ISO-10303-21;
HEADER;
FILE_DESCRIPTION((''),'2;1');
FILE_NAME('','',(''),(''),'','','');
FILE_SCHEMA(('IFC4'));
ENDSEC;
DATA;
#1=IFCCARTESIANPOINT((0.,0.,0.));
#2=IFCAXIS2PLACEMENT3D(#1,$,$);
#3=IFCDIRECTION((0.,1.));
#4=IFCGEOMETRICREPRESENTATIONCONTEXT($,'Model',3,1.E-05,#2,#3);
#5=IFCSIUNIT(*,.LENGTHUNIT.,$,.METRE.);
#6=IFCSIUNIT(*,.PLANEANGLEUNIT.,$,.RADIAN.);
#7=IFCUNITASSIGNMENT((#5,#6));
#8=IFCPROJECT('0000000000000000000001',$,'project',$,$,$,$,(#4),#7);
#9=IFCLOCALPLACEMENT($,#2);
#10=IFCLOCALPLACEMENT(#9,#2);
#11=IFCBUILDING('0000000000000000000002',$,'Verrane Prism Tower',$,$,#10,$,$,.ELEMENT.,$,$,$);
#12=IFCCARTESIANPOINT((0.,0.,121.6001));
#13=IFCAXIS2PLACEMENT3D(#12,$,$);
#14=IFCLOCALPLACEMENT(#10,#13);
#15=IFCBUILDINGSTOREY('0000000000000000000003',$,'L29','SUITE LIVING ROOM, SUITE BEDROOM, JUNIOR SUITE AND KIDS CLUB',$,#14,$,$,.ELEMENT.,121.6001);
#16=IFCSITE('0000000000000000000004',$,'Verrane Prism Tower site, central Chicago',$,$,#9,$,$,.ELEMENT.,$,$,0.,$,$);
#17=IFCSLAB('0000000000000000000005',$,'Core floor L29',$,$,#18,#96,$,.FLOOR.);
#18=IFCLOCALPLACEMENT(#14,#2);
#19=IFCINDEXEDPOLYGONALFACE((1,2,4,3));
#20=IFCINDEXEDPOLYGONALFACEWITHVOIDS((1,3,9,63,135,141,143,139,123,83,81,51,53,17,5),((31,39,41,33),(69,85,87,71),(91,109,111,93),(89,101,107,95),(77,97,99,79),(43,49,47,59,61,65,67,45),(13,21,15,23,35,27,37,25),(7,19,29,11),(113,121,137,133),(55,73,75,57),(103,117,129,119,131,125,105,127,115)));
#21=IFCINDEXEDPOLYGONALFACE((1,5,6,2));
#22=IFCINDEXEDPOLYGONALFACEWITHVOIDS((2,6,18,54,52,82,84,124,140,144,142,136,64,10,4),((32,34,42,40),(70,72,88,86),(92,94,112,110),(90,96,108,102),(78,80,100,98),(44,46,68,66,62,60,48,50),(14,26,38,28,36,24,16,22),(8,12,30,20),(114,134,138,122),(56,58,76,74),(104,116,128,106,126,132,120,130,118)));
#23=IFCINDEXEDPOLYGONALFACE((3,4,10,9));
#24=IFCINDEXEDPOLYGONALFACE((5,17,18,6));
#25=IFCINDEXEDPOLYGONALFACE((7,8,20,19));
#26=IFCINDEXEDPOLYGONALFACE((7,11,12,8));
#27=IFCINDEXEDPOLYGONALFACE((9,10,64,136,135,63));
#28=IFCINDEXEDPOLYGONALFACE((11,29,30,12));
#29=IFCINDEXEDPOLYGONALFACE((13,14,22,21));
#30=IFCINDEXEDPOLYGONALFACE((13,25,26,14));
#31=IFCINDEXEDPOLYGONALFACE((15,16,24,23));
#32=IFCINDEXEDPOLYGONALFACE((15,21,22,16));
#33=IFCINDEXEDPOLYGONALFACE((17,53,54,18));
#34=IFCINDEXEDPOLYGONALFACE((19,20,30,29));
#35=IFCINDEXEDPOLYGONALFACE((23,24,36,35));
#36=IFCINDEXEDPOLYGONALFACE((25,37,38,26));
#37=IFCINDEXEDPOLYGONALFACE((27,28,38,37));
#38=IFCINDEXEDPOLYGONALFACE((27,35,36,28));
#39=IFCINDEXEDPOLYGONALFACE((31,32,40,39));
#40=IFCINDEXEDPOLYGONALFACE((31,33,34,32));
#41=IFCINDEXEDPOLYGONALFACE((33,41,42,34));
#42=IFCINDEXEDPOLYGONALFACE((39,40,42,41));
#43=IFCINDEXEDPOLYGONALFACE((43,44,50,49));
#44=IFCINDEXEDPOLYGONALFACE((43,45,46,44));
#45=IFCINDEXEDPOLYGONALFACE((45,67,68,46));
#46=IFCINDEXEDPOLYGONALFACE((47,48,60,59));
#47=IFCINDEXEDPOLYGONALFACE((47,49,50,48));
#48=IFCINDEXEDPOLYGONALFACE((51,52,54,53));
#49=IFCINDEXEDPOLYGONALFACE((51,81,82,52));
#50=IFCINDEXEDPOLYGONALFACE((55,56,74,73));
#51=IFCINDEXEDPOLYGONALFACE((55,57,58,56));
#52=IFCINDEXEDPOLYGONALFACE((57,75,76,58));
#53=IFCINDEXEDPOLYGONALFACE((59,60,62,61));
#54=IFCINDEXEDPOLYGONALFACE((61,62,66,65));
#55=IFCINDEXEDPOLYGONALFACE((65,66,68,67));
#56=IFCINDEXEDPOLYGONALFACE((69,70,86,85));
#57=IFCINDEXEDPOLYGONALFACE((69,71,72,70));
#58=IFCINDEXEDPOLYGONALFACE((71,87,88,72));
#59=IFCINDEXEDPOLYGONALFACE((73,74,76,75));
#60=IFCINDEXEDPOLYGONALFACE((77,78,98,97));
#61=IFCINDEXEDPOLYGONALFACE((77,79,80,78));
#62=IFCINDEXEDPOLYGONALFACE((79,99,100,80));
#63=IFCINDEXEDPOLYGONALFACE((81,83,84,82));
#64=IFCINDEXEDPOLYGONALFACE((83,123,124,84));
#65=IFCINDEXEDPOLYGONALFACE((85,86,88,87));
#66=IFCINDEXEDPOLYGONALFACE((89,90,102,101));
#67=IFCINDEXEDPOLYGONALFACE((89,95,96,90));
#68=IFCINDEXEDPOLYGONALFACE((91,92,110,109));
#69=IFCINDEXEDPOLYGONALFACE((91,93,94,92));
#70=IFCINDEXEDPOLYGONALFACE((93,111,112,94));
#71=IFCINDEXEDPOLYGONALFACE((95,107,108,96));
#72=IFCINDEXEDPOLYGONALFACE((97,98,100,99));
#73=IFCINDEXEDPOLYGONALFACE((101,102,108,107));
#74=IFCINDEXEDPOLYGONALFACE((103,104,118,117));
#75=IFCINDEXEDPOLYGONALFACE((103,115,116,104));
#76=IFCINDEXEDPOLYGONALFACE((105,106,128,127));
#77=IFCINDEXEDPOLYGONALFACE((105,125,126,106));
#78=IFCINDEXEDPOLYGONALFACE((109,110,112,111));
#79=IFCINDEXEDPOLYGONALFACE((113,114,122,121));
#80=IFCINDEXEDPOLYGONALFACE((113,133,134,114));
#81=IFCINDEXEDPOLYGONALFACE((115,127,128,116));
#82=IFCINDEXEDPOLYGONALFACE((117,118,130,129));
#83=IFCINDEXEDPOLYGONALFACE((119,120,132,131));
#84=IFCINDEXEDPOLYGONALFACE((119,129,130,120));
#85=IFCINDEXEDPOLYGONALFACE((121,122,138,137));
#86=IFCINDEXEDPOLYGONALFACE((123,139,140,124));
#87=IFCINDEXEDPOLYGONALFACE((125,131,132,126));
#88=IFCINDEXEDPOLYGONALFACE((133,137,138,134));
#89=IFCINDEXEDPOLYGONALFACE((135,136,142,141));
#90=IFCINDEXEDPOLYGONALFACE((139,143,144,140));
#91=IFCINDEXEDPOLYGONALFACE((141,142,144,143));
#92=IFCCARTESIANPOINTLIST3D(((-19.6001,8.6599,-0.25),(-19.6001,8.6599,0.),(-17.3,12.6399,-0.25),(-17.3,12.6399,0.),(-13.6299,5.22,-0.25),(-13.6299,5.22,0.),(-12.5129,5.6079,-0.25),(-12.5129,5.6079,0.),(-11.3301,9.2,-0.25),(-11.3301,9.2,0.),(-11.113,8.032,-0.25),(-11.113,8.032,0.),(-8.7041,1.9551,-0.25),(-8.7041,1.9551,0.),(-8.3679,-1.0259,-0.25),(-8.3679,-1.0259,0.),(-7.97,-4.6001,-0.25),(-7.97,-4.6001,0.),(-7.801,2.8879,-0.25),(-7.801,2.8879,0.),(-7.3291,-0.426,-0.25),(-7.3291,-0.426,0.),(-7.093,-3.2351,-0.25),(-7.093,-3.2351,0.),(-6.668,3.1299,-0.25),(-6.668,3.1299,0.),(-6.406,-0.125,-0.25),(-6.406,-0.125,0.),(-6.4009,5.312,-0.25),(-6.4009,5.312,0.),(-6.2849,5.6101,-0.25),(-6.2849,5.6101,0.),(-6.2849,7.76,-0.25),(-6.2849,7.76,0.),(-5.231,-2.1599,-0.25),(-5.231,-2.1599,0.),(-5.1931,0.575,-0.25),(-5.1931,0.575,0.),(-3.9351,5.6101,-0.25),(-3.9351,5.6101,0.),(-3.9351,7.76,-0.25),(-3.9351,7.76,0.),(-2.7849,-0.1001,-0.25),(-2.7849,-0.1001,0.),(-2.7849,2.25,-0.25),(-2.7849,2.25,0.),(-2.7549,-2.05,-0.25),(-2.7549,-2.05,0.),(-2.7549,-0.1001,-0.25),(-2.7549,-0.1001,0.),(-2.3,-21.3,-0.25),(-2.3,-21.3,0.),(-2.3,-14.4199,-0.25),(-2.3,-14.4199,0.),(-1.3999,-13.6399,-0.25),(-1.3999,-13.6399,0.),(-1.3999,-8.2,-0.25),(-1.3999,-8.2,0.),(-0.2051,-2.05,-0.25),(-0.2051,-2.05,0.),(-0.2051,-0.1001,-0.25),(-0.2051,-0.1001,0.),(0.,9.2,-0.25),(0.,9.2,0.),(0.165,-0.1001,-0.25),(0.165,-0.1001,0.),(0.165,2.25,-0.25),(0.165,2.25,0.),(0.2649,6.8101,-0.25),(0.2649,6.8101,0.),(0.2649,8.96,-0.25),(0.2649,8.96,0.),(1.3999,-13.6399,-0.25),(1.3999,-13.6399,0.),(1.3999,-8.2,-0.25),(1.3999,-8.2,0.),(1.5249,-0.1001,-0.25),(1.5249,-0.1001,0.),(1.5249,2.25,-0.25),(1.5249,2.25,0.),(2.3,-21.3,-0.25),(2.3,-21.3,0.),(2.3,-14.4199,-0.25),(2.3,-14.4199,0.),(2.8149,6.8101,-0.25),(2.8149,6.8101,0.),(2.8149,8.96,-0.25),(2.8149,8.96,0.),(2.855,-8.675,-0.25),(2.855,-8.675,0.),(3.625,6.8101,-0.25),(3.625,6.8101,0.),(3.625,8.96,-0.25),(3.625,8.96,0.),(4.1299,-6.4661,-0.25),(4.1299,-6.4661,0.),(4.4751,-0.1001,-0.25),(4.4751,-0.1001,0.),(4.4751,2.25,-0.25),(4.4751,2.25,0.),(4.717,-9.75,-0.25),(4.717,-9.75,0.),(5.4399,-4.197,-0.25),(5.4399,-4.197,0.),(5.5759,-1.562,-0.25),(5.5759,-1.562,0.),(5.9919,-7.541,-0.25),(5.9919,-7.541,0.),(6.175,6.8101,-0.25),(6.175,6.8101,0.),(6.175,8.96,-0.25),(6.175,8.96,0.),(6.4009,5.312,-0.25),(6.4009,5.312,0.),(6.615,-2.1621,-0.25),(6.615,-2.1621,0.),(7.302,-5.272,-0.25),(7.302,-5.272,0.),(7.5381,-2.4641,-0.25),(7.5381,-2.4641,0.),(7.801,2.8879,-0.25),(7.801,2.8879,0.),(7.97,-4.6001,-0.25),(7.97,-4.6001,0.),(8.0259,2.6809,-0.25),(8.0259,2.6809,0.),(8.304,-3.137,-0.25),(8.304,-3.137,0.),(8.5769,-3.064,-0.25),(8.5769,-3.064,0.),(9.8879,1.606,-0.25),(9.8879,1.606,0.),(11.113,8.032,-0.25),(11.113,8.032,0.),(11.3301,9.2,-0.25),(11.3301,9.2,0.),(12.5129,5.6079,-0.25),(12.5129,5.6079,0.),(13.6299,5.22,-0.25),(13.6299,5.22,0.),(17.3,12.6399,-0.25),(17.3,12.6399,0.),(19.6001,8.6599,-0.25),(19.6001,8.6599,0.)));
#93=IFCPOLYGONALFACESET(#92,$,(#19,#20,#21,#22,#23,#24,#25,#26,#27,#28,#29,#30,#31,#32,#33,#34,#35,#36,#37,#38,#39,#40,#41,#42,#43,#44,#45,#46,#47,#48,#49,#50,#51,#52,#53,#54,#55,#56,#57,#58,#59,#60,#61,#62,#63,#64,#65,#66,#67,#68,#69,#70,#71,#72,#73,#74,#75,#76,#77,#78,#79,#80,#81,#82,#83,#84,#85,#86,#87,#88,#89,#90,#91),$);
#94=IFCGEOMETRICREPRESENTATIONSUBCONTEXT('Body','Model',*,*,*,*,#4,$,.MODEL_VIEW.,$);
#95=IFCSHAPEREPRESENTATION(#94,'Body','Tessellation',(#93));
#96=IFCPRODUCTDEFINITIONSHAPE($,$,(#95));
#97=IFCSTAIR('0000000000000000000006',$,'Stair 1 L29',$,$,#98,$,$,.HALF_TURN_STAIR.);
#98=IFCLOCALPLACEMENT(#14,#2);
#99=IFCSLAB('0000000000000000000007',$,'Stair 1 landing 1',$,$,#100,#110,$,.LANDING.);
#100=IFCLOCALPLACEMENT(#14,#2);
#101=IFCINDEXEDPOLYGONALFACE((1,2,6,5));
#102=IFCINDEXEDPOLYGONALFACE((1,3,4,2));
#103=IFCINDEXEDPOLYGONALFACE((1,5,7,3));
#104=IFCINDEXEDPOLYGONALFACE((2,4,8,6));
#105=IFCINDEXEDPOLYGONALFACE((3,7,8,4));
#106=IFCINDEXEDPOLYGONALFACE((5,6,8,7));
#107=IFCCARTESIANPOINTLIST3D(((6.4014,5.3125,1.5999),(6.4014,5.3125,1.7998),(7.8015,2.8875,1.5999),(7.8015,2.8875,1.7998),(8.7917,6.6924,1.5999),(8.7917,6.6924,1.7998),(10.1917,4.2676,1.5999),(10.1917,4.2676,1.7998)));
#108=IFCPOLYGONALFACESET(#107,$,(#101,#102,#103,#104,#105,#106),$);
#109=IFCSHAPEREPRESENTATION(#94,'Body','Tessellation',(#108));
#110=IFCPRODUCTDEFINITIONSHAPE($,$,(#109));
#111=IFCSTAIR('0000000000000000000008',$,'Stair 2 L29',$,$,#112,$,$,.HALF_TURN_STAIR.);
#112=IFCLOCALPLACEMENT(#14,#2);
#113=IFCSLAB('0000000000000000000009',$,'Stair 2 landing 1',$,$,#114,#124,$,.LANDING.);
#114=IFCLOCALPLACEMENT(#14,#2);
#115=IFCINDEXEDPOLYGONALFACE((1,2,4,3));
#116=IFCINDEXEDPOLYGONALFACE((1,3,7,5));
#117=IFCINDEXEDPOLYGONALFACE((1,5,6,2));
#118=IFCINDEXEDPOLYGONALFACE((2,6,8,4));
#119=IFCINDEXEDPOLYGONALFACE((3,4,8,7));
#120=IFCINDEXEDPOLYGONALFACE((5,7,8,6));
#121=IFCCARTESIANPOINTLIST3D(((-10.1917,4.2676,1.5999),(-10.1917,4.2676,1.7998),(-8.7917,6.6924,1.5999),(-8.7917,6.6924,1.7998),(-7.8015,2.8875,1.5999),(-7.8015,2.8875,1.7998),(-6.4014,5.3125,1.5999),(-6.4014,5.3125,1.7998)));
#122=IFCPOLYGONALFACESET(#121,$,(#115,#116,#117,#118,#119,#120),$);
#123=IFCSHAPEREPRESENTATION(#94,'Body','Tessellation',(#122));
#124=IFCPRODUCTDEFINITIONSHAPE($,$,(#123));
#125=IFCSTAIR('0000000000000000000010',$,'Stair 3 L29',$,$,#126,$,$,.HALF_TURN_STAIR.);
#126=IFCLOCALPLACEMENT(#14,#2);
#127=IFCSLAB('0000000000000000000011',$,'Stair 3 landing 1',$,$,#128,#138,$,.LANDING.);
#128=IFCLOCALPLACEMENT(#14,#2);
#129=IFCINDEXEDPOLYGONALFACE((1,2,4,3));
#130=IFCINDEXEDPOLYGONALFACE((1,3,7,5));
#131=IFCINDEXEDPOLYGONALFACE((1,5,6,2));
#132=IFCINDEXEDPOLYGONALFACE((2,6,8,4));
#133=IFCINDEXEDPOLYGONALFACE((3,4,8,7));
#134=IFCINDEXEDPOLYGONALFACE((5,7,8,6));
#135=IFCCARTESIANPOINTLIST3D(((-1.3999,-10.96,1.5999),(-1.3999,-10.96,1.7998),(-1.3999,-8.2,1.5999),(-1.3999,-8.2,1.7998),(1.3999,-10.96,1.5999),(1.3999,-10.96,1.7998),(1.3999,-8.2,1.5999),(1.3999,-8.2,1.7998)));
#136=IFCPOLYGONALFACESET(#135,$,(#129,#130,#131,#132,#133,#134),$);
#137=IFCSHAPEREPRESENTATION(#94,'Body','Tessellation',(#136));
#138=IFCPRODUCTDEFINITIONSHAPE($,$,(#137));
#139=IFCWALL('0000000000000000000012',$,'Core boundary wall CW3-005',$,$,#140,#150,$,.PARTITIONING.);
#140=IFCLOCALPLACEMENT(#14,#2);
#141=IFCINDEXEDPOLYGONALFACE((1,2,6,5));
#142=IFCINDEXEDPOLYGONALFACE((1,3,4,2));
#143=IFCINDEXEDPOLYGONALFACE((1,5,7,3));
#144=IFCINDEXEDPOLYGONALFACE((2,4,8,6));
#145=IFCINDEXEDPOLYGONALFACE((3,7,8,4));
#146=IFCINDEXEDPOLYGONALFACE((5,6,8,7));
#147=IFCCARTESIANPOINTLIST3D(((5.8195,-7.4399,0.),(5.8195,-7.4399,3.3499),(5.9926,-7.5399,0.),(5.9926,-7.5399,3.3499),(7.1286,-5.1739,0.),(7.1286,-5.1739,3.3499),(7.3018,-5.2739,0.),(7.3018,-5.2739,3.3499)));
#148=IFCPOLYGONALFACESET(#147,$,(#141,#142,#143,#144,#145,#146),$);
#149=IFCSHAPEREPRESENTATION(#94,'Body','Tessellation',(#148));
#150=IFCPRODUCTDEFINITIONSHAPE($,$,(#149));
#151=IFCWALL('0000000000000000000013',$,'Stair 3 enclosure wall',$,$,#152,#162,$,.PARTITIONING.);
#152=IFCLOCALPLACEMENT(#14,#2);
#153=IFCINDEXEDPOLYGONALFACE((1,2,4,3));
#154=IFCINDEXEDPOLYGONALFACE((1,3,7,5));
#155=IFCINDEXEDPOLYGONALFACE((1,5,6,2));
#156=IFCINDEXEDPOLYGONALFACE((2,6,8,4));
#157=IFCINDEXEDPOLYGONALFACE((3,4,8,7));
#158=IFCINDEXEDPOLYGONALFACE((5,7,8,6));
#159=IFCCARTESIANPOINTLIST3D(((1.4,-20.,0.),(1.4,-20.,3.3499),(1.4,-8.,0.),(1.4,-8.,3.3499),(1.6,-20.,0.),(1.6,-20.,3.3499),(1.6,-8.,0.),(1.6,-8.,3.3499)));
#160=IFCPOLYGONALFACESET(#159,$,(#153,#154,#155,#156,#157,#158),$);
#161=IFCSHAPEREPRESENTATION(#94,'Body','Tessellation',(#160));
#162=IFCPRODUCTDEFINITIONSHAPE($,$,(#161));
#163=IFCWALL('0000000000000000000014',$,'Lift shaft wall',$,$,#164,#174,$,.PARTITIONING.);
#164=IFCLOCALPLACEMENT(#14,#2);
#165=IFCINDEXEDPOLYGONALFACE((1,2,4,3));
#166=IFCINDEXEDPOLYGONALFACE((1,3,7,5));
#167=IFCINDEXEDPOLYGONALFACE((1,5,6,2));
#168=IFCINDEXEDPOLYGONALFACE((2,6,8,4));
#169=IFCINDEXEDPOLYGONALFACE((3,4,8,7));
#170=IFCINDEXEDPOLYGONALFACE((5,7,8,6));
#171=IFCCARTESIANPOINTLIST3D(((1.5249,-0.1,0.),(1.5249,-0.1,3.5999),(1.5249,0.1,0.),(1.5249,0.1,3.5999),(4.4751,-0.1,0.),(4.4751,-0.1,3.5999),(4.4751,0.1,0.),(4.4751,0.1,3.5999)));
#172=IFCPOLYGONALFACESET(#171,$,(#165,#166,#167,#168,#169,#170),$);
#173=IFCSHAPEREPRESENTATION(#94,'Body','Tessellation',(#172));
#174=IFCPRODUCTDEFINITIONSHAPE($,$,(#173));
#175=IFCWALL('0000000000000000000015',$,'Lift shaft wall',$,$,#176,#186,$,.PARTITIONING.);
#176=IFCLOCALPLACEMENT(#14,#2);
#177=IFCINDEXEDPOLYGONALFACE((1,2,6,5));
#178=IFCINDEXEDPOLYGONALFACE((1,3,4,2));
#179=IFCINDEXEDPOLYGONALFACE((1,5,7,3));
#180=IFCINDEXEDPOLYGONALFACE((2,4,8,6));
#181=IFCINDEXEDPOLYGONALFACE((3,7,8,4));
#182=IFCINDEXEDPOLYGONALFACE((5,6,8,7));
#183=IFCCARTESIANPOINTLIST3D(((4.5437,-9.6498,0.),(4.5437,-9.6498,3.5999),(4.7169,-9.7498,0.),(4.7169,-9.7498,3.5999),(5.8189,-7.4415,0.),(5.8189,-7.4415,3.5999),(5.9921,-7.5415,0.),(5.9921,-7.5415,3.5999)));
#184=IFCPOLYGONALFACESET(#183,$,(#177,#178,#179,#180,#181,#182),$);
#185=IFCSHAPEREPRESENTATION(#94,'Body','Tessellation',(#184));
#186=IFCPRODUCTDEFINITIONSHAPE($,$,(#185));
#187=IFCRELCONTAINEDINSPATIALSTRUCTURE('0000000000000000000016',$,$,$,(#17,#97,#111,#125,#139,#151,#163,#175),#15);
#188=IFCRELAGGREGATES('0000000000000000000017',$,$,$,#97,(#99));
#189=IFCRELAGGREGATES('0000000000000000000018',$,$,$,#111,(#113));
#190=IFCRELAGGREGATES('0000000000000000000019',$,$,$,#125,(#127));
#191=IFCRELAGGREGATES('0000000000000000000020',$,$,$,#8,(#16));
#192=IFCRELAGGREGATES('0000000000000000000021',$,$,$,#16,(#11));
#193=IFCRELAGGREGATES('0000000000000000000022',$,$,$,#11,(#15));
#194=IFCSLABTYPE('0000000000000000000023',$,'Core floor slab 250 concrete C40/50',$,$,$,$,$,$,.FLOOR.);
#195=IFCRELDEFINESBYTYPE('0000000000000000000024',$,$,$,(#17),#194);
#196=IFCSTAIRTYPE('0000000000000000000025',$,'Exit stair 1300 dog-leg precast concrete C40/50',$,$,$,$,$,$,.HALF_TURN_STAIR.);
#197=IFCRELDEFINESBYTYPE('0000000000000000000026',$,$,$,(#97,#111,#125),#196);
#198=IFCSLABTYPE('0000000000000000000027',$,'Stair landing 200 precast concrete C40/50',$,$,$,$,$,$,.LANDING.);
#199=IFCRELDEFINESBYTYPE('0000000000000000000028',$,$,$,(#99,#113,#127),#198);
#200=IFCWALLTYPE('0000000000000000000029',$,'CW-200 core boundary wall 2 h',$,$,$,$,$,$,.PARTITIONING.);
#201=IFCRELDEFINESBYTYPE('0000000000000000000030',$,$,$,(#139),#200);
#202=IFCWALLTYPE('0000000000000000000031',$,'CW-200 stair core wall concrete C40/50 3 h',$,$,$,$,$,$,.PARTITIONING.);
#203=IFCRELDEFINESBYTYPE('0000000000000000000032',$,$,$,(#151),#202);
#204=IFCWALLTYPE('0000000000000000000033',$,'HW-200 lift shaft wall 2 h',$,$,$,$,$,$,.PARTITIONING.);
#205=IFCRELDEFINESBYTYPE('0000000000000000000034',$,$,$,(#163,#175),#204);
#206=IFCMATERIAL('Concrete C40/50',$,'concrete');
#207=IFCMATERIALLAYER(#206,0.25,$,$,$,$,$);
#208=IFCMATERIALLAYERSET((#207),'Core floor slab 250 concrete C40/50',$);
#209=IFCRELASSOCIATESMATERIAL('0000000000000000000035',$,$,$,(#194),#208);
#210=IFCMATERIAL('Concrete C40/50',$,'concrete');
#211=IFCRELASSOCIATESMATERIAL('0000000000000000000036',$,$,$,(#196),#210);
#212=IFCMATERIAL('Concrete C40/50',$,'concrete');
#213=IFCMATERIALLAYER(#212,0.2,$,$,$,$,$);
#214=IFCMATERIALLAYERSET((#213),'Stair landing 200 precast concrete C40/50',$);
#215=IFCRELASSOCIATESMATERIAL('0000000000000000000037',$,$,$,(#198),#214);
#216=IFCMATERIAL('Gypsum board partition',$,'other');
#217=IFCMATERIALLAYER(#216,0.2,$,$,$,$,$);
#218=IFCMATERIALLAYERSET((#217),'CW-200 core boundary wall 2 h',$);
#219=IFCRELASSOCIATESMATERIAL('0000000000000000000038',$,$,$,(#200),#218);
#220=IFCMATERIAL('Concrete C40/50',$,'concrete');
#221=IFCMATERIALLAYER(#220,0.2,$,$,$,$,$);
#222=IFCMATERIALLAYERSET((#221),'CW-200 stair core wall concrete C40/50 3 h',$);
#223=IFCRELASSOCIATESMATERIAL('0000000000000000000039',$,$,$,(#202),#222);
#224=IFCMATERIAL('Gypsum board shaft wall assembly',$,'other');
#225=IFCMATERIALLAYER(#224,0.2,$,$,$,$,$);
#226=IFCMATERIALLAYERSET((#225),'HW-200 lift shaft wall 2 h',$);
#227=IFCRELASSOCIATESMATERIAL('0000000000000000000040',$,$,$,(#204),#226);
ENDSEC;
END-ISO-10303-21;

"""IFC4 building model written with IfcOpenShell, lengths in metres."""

from ifc_helpers import new_model, si_unit, direction, frame, frame_2d, origin, place, context, subcontext, project, spatial, polyline, rectangle, outline, extrude, material, layer, layer_set, type_object, element, aggregate, save


model = new_model("IFC4")

# Units and contexts
model_context = context("Model", 3, precision=1e-05, world=origin(), true_north=direction((0.0, 1.0)))
body_context = subcontext(model_context, "Body", "Model", "MODEL_VIEW")
ifc_project = project(units=[si_unit("LENGTHUNIT", "METRE"), si_unit("PLANEANGLEUNIT", "RADIAN")], contexts=[model_context])

# Site, building, storey
site_placement = place(None, origin())
site = spatial("IfcSite", under=ifc_project, at=site_placement, Name="Verrane Prism Tower site, central Chicago", CompositionType="ELEMENT", RefElevation=0.0)
building_placement = place(site_placement, origin())
building = spatial("IfcBuilding", under=site, at=building_placement, Name="Verrane Prism Tower", CompositionType="ELEMENT")
storey_placement = place(building_placement, frame((0.0, 0.0, 121.6001)))
storey = spatial("IfcBuildingStorey", under=building, at=storey_placement, Name="L29", Description="SUITE LIVING ROOM, SUITE BEDROOM, JUNIOR SUITE AND KIDS CLUB", CompositionType="ELEMENT", Elevation=121.6001)

# Slab
ifc_material_1 = material(Name="Concrete C40/50", Category="concrete")
ifc_layer_1 = layer(ifc_material_1, 0.25)
ifc_layer_set_1 = layer_set([ifc_layer_1], Name="Core floor slab 250 concrete C40/50")
slab_type_1 = type_object("IfcSlabType", Name="Core floor slab 250 concrete C40/50", PredefinedType="FLOOR", material=ifc_layer_set_1)
slab_1_placement = place(storey_placement, frame((0.0, 0.0, -0.25)))
element("IfcSlab", 1, at=slab_1_placement, inside=storey, type_object=slab_type_1, Name="Core floor L29", PredefinedType="FLOOR", context=body_context, shape_type="SweptSolid", body=[
    extrude(outline(polyline([(13.6299, 5.22), (19.6001, 8.6599), (17.3, 12.6399), (11.3301, 9.2), (0.0, 9.2), (-11.3301, 9.2), (-17.3, 12.6399), (-19.6001, 8.6599), (-13.6299, 5.22), (-7.97, -4.6001), (-2.3, -14.4199), (-2.3, -21.3), (2.3, -21.3), (2.3, -14.4199), (7.97, -4.6001), (13.6299, 5.22)]), holes=[polyline([(1.3999, -8.2), (1.3999, -13.6399), (-1.3999, -13.6399), (-1.3999, -8.2), (1.3999, -8.2)]), polyline([(0.165, 2.25), (0.165, -0.1001), (-0.2051, -0.1001), (-0.2051, -2.05), (-2.7549, -2.05), (-2.7549, -0.1001), (-2.7849, -0.1001), (-2.7849, 2.25), (0.165, 2.25)]), polyline([(-7.801, 2.8879), (-12.5129, 5.6079), (-11.113, 8.032), (-6.4009, 5.312), (-7.801, 2.8879)]), polyline([(-6.2849, 5.6101), (-6.2849, 7.76), (-3.9351, 7.76), (-3.9351, 5.6101), (-6.2849, 5.6101)]), polyline([(2.8149, 6.8101), (0.2649, 6.8101), (0.2649, 8.96), (2.8149, 8.96), (2.8149, 6.8101)]), polyline([(4.717, -9.75), (2.855, -8.675), (4.1299, -6.4661), (5.9919, -7.541), (4.717, -9.75)]), polyline([(8.304, -3.137), (5.5759, -1.562), (8.0259, 2.6809), (9.8879, 1.606), (7.5381, -2.4641), (8.5769, -3.064), (7.302, -5.272), (5.4399, -4.197), (6.615, -2.1621), (8.304, -3.137)]), polyline([(1.5249, -0.1001), (1.5249, 2.25), (4.4751, 2.25), (4.4751, -0.1001), (1.5249, -0.1001)]), polyline([(11.113, 8.032), (12.5129, 5.6079), (7.801, 2.8879), (6.4009, 5.312), (11.113, 8.032)]), polyline([(3.625, 6.8101), (3.625, 8.96), (6.175, 8.96), (6.175, 6.8101), (3.625, 6.8101)]), polyline([(-5.231, -2.1599), (-7.093, -3.2351), (-8.3679, -1.0259), (-7.3291, -0.426), (-8.7041, 1.9551), (-6.668, 3.1299), (-5.1931, 0.575), (-6.406, -0.125), (-5.231, -2.1599)])]), origin(), (0.0, 0.0, 1.0), 0.25),
])

# Stairs, slabs
ifc_material_2 = material(Name="Concrete C40/50", Category="concrete")
stair_type = type_object("IfcStairType", Name="Exit stair 1300 dog-leg precast concrete C40/50", PredefinedType="HALF_TURN_STAIR", material=ifc_material_2)
stair_1_placement = place(storey_placement, origin())
stair_1 = element("IfcStair", 2, at=stair_1_placement, inside=storey, type_object=stair_type, Name="Stair 1 L29", PredefinedType="HALF_TURN_STAIR")
ifc_material_3 = material(Name="Concrete C40/50", Category="concrete")
ifc_layer_2 = layer(ifc_material_3, 0.2)
ifc_layer_set_2 = layer_set([ifc_layer_2], Name="Stair landing 200 precast concrete C40/50")
slab_type_2 = type_object("IfcSlabType", Name="Stair landing 200 precast concrete C40/50", PredefinedType="LANDING", material=ifc_layer_set_2)
slab_2_placement = place(storey_placement, frame((0.0, 0.0, 1.5999)))
slab_2 = element("IfcSlab", 3, at=slab_2_placement, type_object=slab_type_2, Name="Stair 1 landing 1", PredefinedType="LANDING", context=body_context, shape_type="SweptSolid", body=[
    extrude(outline(polyline([(8.7917, 6.6924), (6.4014, 5.3125), (7.8015, 2.8875), (10.1917, 4.2676), (8.7917, 6.6924)])), origin(), (0.0, 0.0, 1.0), 0.2),
])
aggregate(stair_1, [slab_2])
stair_2_placement = place(storey_placement, origin())
stair_2 = element("IfcStair", 4, at=stair_2_placement, inside=storey, type_object=stair_type, Name="Stair 2 L29", PredefinedType="HALF_TURN_STAIR")
slab_3_placement = place(storey_placement, frame((0.0, 0.0, 1.5999)))
slab_3 = element("IfcSlab", 5, at=slab_3_placement, type_object=slab_type_2, Name="Stair 2 landing 1", PredefinedType="LANDING", context=body_context, shape_type="SweptSolid", body=[
    extrude(outline(polyline([(-10.1917, 4.2676), (-7.8015, 2.8875), (-6.4014, 5.3125), (-8.7917, 6.6924), (-10.1917, 4.2676)])), origin(), (0.0, 0.0, 1.0), 0.2),
])
aggregate(stair_2, [slab_3])
stair_3_placement = place(storey_placement, origin())
stair_3 = element("IfcStair", 6, at=stair_3_placement, inside=storey, type_object=stair_type, Name="Stair 3 L29", PredefinedType="HALF_TURN_STAIR")
slab_4_placement = place(storey_placement, frame((0.0, 0.0, 1.5999)))
slab_4 = element("IfcSlab", 7, at=slab_4_placement, type_object=slab_type_2, Name="Stair 3 landing 1", PredefinedType="LANDING", context=body_context, shape_type="SweptSolid", body=[
    extrude(outline(polyline([(1.3999, -10.96), (1.3999, -8.2), (-1.3999, -8.2), (-1.3999, -10.96), (1.3999, -10.96)])), origin(), (0.0, 0.0, 1.0), 0.2),
])
aggregate(stair_3, [slab_4])

# Walls
ifc_material_4 = material(Name="Gypsum board partition", Category="other")
ifc_layer_3 = layer(ifc_material_4, 0.2)
ifc_layer_set_3 = layer_set([ifc_layer_3], Name="CW-200 core boundary wall 2 h")
wall_type_1 = type_object("IfcWallType", Name="CW-200 core boundary wall 2 h", PredefinedType="PARTITIONING", material=ifc_layer_set_3)
wall_1_placement = place(storey_placement, frame((5.906, -7.49, 0.0), z_axis=(0.0, 0.0, 1.0), x_axis=(0.500253, 0.865879, 0.0)))
element("IfcWall", 8, at=wall_1_placement, inside=storey, type_object=wall_type_1, Name="Core boundary wall CW3-005", PredefinedType="PARTITIONING", context=body_context, shape_type="SweptSolid", body=[
    extrude(rectangle(XDim=2.6169, YDim=0.2, at=frame_2d((1.3086, 0.0))), origin(), (0.0, 0.0, 1.0), 3.3499),
])
ifc_material_5 = material(Name="Concrete C40/50", Category="concrete")
ifc_layer_4 = layer(ifc_material_5, 0.2)
ifc_layer_set_4 = layer_set([ifc_layer_4], Name="CW-200 stair core wall concrete C40/50 3 h")
wall_type_2 = type_object("IfcWallType", Name="CW-200 stair core wall concrete C40/50 3 h", PredefinedType="PARTITIONING", material=ifc_layer_set_4)
wall_2_placement = place(storey_placement, frame((1.5, -8.0, 0.0), z_axis=(0.0, 0.0, 1.0), x_axis=(0.0, -1.0, 0.0)))
element("IfcWall", 9, at=wall_2_placement, inside=storey, type_object=wall_type_2, Name="Stair 3 enclosure wall", PredefinedType="PARTITIONING", context=body_context, shape_type="SweptSolid", body=[
    extrude(rectangle(XDim=12.0, YDim=0.2, at=frame_2d((6.0, 0.0))), origin(), (0.0, 0.0, 1.0), 3.3499),
])
ifc_material_6 = material(Name="Gypsum board shaft wall assembly", Category="other")
ifc_layer_5 = layer(ifc_material_6, 0.2)
ifc_layer_set_5 = layer_set([ifc_layer_5], Name="HW-200 lift shaft wall 2 h")
wall_type_3 = type_object("IfcWallType", Name="HW-200 lift shaft wall 2 h", PredefinedType="PARTITIONING", material=ifc_layer_set_5)
wall_3_placement = place(storey_placement, frame((1.5249, 0.0, 0.0), z_axis=(0.0, 0.0, 1.0), x_axis=(1.0, 0.0, 0.0)))
element("IfcWall", 10, at=wall_3_placement, inside=storey, type_object=wall_type_3, Name="Lift shaft wall", PredefinedType="PARTITIONING", context=body_context, shape_type="SweptSolid", body=[
    extrude(rectangle(XDim=2.9502, YDim=0.2, at=frame_2d((1.4751, 0.0))), origin(), (0.0, 0.0, 1.0), 3.5999),
])
wall_4_placement = place(storey_placement, frame((4.6304, -9.6997, 0.0), z_axis=(0.0, 0.0, 1.0), x_axis=(0.500062, 0.865989, 0.0)))
element("IfcWall", 11, at=wall_4_placement, inside=storey, type_object=wall_type_3, Name="Lift shaft wall", PredefinedType="PARTITIONING", context=body_context, shape_type="SweptSolid", body=[
    extrude(rectangle(XDim=2.55, YDim=0.2, at=frame_2d((1.2749, 0.0))), origin(), (0.0, 0.0, 1.0), 3.5999),
])

save(model, "model.ifc")
